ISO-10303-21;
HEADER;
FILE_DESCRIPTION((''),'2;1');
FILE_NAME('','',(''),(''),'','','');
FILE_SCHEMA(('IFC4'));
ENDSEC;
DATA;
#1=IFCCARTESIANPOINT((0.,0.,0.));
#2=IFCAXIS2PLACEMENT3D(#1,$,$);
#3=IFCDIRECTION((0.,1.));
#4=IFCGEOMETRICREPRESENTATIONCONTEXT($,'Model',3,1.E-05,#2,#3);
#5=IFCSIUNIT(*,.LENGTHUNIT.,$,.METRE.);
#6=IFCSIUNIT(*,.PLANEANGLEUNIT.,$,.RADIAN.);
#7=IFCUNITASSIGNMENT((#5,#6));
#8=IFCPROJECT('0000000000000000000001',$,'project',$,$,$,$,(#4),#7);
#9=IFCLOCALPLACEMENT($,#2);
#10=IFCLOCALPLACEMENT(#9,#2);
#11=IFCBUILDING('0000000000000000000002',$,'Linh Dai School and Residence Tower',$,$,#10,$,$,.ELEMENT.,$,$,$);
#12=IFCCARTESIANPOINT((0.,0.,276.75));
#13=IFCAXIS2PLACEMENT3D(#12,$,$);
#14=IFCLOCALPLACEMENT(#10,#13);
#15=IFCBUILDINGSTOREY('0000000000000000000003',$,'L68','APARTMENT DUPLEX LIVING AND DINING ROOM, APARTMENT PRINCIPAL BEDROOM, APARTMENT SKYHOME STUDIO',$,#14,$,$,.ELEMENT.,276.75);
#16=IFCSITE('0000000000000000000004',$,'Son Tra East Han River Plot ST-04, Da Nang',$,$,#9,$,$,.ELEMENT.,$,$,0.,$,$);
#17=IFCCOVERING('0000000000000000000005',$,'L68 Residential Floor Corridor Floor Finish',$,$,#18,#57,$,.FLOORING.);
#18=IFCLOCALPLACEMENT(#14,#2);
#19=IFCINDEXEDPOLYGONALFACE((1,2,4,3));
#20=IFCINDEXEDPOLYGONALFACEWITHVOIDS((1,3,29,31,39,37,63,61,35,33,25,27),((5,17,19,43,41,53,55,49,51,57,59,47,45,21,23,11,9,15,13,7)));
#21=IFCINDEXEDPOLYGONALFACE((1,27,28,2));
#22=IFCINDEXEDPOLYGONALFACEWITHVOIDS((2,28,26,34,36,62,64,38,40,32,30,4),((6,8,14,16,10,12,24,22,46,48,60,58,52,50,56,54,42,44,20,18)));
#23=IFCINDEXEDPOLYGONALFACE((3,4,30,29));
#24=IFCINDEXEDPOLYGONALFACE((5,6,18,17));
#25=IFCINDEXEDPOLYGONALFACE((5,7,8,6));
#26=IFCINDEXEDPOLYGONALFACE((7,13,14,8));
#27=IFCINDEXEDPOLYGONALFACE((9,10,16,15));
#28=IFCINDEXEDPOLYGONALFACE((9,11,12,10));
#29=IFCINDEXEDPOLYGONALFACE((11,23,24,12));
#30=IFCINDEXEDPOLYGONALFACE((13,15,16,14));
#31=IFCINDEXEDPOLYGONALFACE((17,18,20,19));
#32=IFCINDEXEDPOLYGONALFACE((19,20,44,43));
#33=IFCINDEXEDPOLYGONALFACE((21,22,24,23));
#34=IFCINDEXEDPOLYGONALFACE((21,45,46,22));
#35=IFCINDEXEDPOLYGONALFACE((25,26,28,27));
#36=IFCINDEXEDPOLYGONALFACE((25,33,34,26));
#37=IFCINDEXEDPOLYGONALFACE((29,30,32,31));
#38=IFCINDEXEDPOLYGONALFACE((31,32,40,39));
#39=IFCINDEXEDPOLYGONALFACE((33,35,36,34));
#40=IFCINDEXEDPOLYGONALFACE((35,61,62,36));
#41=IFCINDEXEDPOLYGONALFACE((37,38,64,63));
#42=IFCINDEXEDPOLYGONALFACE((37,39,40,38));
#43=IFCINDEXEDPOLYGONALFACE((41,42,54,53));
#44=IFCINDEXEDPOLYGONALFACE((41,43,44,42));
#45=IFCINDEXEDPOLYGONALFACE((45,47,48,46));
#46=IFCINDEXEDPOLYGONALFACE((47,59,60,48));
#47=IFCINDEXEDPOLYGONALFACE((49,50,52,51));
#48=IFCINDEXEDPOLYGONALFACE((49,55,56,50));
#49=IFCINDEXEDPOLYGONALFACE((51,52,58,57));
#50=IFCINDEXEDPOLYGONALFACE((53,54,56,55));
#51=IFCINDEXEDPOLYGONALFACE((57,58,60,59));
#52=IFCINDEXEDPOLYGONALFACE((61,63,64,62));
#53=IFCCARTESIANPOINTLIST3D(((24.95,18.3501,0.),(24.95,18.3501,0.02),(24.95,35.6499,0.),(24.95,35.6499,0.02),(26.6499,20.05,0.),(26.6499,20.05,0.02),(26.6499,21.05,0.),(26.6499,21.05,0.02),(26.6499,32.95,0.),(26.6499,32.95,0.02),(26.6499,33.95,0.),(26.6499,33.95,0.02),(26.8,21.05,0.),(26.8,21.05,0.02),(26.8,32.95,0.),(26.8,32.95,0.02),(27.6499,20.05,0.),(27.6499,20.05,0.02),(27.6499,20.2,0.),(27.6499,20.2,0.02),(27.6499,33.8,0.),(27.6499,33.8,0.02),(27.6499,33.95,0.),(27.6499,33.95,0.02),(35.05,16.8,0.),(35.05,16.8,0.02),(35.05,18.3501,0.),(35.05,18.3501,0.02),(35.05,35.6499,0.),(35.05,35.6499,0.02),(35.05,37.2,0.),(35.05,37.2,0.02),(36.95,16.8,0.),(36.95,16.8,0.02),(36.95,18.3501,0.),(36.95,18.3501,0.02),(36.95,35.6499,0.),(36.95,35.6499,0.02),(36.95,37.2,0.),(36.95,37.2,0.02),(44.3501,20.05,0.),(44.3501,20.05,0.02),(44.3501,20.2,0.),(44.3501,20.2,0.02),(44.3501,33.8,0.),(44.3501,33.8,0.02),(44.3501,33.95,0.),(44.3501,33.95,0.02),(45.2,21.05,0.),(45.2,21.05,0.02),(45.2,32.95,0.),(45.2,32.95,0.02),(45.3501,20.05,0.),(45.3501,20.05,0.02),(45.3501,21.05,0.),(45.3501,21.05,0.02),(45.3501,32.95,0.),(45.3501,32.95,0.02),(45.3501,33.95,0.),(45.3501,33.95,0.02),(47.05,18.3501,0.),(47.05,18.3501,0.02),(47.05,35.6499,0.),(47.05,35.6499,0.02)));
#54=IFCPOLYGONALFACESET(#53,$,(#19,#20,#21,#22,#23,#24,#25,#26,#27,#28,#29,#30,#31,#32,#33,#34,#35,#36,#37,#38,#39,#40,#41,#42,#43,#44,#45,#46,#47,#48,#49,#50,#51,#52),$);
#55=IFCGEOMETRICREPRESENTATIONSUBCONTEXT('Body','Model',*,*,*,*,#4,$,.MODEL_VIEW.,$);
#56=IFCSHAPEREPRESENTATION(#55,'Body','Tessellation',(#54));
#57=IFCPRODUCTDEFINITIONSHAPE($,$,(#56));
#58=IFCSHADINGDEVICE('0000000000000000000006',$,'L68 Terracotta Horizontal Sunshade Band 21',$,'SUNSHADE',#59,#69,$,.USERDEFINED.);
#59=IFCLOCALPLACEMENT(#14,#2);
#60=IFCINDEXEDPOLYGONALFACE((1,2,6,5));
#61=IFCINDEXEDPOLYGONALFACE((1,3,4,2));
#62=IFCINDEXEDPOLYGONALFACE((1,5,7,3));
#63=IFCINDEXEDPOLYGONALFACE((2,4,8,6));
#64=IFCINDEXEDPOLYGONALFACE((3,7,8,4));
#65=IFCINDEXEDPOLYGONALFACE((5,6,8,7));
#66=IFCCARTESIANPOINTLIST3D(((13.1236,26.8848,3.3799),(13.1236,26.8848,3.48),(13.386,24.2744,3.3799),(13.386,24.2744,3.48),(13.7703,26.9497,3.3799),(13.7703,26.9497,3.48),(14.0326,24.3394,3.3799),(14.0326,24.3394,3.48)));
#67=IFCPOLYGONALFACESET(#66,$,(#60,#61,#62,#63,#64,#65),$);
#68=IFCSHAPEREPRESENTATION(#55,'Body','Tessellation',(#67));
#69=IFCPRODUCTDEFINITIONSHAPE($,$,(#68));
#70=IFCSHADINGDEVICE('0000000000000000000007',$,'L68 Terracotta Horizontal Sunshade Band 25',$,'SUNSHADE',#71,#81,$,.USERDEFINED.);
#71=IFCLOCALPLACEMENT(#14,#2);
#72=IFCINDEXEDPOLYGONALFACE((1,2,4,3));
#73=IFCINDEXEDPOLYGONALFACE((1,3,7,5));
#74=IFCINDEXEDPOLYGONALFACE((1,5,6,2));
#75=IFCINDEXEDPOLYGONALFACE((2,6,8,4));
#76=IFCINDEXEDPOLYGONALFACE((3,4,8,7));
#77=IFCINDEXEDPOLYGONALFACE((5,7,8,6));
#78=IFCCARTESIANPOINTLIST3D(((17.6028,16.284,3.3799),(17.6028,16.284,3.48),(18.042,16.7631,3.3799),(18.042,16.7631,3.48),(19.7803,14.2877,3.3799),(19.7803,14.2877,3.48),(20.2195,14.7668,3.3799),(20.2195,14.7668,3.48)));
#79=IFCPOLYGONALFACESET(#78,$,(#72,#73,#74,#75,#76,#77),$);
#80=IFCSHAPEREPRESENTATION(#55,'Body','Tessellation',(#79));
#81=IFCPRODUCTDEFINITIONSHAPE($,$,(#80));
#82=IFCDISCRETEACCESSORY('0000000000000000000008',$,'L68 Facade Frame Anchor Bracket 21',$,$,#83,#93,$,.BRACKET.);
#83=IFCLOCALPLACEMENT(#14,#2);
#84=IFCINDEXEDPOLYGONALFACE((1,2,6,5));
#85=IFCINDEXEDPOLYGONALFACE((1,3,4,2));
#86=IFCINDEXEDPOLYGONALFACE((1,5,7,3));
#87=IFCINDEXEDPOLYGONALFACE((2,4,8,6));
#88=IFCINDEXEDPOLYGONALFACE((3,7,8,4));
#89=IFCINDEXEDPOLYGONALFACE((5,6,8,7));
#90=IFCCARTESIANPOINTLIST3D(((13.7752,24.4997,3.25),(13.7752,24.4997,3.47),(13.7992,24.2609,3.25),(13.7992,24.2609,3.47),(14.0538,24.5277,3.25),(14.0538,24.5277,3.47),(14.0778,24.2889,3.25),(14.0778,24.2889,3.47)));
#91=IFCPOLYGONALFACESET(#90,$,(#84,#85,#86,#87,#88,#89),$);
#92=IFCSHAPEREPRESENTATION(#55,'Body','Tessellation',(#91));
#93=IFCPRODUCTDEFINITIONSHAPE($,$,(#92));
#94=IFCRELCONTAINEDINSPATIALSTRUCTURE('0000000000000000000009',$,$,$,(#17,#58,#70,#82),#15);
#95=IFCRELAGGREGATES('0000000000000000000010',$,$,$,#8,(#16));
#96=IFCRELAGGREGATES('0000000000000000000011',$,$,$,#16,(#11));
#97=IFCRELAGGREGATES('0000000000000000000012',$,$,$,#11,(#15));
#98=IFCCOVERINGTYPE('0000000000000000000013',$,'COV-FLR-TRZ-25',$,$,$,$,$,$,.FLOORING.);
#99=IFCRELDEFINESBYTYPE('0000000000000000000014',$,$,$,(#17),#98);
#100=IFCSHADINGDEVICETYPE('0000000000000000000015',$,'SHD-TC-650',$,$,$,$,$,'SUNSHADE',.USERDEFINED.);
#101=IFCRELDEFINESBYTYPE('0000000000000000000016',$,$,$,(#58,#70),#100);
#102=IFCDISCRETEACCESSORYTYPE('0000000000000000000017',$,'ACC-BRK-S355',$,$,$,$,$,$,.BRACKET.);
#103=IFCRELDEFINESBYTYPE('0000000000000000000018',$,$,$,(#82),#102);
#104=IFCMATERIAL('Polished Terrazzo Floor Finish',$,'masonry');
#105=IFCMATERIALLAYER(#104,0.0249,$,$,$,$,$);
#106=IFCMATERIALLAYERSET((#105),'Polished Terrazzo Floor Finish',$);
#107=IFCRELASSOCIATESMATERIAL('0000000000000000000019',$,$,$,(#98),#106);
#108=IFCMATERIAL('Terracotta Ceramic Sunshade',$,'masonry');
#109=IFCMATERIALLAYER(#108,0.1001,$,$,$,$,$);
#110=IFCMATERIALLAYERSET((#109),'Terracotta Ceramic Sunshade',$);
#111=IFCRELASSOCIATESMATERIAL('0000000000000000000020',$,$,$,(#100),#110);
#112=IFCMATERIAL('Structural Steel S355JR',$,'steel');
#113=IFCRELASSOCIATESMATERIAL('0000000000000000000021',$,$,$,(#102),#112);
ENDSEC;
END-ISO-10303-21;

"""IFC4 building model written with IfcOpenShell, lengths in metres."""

from ifc_helpers import new_model, si_unit, direction, frame, origin, origin_2d, place, context, subcontext, project, spatial, polyline, rectangle, outline, extrude, source, transform, mapped, material, layer, layer_set, type_object, element, save


model = new_model("IFC4")

# Units and contexts
model_context = context("Model", 3, precision=1e-05, world=origin(), true_north=direction((0.0, 1.0)))
body_context = subcontext(model_context, "Body", "Model", "MODEL_VIEW")
ifc_project = project(units=[si_unit("LENGTHUNIT", "METRE"), si_unit("PLANEANGLEUNIT", "RADIAN")], contexts=[model_context])

# Site, building, storey
site_placement = place(None, origin())
site = spatial("IfcSite", under=ifc_project, at=site_placement, Name="Son Tra East Han River Plot ST-04, Da Nang", CompositionType="ELEMENT", RefElevation=0.0)
building_placement = place(site_placement, origin())
building = spatial("IfcBuilding", under=site, at=building_placement, Name="Linh Dai School and Residence Tower", CompositionType="ELEMENT")
storey_placement = place(building_placement, frame((0.0, 0.0, 276.75)))
storey = spatial("IfcBuildingStorey", under=building, at=storey_placement, Name="L68", Description="APARTMENT DUPLEX LIVING AND DINING ROOM, APARTMENT PRINCIPAL BEDROOM, APARTMENT SKYHOME STUDIO", CompositionType="ELEMENT", Elevation=276.75)

# Shared definitions
ifc_material_1 = material(Name="Structural Steel S355JR", Category="steel")

# Covering
ifc_material_2 = material(Name="Polished Terrazzo Floor Finish", Category="masonry")
ifc_layer_1 = layer(ifc_material_2, 0.0249)
ifc_layer_set_1 = layer_set([ifc_layer_1], Name="Polished Terrazzo Floor Finish")
covering_type_1 = type_object("IfcCoveringType", Name="COV-FLR-TRZ-25", PredefinedType="FLOORING", material=ifc_layer_set_1)
covering_1_placement = place(storey_placement, origin())
element("IfcCovering", 1, at=covering_1_placement, inside=storey, type_object=covering_type_1, Name="L68 Residential Floor Corridor Floor Finish", PredefinedType="FLOORING", context=body_context, shape_type="SweptSolid", body=[
    extrude(outline(polyline([(24.95, 18.3501), (24.95, 35.6499), (35.05, 35.6499), (35.05, 37.2), (36.95, 37.2), (36.95, 35.6499), (47.05, 35.6499), (47.05, 18.3501), (36.95, 18.3501), (36.95, 16.8), (35.05, 16.8), (35.05, 18.3501), (24.95, 18.3501)]), holes=[polyline([(27.6499, 33.8), (27.6499, 33.95), (26.6499, 33.95), (26.6499, 32.95), (26.8, 32.95), (26.8, 21.05), (26.6499, 21.05), (26.6499, 20.05), (27.6499, 20.05), (27.6499, 20.2), (44.3501, 20.2), (44.3501, 20.05), (45.3501, 20.05), (45.3501, 21.05), (45.2, 21.05), (45.2, 32.95), (45.3501, 32.95), (45.3501, 33.95), (44.3501, 33.95), (44.3501, 33.8), (27.6499, 33.8)])]), origin(), (0.0, 0.0, 1.0), 0.02),
])

# Shading devices
ifc_material_3 = material(Name="Terracotta Ceramic Sunshade", Category="masonry")
ifc_layer_2 = layer(ifc_material_3, 0.1001)
ifc_layer_set_2 = layer_set([ifc_layer_2], Name="Terracotta Ceramic Sunshade")
shading_device_type = type_object("IfcShadingDeviceType", Name="SHD-TC-650", ElementType="SUNSHADE", PredefinedType="USERDEFINED", material=ifc_layer_set_2)
shared_shape_1 = source(origin(), body_context, "Body", "SweptSolid", [
    extrude(rectangle(XDim=2.6235, YDim=0.6499, at=origin_2d()), origin(), (0.0, 0.0, 1.0), 0.1001),
])
shading_device_1_placement = place(storey_placement, frame((13.5781, 25.6121, 3.3799), z_axis=(0.0, 0.0, 1.0), x_axis=(-0.100008, 0.994987, 0.0)))
element("IfcShadingDevice", 2, at=shading_device_1_placement, inside=storey, type_object=shading_device_type, Name="L68 Terracotta Horizontal Sunshade Band 21", ObjectType="SUNSHADE", PredefinedType="USERDEFINED", context=body_context, shape_type="MappedRepresentation", body=[
    mapped(shared_shape_1, transform((0.0, 0.0, 0.0), x_axis=(1.0, 0.0, 0.0), y_axis=(0.0, 1.0, 0.0), z_axis=(0.0, 0.0, 1.0), scale=1.0)),
])
shared_shape_2 = source(origin(), body_context, "Body", "SweptSolid", [
    extrude(rectangle(XDim=2.9541, YDim=0.6499, at=origin_2d()), origin(), (0.0, 0.0, 1.0), 0.1001),
])
shading_device_2_placement = place(storey_placement, frame((18.9111, 15.5254, 3.3799), z_axis=(0.0, 0.0, 1.0), x_axis=(-0.737104, 0.675779, 0.0)))
element("IfcShadingDevice", 3, at=shading_device_2_placement, inside=storey, type_object=shading_device_type, Name="L68 Terracotta Horizontal Sunshade Band 25", ObjectType="SUNSHADE", PredefinedType="USERDEFINED", context=body_context, shape_type="MappedRepresentation", body=[
    mapped(shared_shape_2, transform((0.0, 0.0, 0.0), x_axis=(1.0, 0.0, 0.0), y_axis=(0.0, 1.0, 0.0), z_axis=(0.0, 0.0, 1.0), scale=1.0)),
])

# Discrete accessory
discrete_accessory_type = type_object("IfcDiscreteAccessoryType", Name="ACC-BRK-S355", PredefinedType="BRACKET", material=ifc_material_1)
shared_shape_3 = source(origin(), body_context, "Body", "SweptSolid", [
    extrude(rectangle(XDim=0.28, YDim=0.24, at=origin_2d()), origin(), (0.0, 0.0, 1.0), 0.22),
])
discrete_accessory_placement = place(storey_placement, frame((13.9265, 24.3943, 3.25), z_axis=(0.0, 0.0, 1.0), x_axis=(-0.994987, -0.100008, 0.0)))
element("IfcDiscreteAccessory", 4, at=discrete_accessory_placement, inside=storey, type_object=discrete_accessory_type, Name="L68 Facade Frame Anchor Bracket 21", PredefinedType="BRACKET", context=body_context, shape_type="MappedRepresentation", body=[
    mapped(shared_shape_3, transform((0.0, 0.0, 0.0), x_axis=(1.0, 0.0, 0.0), y_axis=(0.0, 1.0, 0.0), z_axis=(0.0, 0.0, 1.0), scale=1.0)),
])

save(model, "model.ifc")
